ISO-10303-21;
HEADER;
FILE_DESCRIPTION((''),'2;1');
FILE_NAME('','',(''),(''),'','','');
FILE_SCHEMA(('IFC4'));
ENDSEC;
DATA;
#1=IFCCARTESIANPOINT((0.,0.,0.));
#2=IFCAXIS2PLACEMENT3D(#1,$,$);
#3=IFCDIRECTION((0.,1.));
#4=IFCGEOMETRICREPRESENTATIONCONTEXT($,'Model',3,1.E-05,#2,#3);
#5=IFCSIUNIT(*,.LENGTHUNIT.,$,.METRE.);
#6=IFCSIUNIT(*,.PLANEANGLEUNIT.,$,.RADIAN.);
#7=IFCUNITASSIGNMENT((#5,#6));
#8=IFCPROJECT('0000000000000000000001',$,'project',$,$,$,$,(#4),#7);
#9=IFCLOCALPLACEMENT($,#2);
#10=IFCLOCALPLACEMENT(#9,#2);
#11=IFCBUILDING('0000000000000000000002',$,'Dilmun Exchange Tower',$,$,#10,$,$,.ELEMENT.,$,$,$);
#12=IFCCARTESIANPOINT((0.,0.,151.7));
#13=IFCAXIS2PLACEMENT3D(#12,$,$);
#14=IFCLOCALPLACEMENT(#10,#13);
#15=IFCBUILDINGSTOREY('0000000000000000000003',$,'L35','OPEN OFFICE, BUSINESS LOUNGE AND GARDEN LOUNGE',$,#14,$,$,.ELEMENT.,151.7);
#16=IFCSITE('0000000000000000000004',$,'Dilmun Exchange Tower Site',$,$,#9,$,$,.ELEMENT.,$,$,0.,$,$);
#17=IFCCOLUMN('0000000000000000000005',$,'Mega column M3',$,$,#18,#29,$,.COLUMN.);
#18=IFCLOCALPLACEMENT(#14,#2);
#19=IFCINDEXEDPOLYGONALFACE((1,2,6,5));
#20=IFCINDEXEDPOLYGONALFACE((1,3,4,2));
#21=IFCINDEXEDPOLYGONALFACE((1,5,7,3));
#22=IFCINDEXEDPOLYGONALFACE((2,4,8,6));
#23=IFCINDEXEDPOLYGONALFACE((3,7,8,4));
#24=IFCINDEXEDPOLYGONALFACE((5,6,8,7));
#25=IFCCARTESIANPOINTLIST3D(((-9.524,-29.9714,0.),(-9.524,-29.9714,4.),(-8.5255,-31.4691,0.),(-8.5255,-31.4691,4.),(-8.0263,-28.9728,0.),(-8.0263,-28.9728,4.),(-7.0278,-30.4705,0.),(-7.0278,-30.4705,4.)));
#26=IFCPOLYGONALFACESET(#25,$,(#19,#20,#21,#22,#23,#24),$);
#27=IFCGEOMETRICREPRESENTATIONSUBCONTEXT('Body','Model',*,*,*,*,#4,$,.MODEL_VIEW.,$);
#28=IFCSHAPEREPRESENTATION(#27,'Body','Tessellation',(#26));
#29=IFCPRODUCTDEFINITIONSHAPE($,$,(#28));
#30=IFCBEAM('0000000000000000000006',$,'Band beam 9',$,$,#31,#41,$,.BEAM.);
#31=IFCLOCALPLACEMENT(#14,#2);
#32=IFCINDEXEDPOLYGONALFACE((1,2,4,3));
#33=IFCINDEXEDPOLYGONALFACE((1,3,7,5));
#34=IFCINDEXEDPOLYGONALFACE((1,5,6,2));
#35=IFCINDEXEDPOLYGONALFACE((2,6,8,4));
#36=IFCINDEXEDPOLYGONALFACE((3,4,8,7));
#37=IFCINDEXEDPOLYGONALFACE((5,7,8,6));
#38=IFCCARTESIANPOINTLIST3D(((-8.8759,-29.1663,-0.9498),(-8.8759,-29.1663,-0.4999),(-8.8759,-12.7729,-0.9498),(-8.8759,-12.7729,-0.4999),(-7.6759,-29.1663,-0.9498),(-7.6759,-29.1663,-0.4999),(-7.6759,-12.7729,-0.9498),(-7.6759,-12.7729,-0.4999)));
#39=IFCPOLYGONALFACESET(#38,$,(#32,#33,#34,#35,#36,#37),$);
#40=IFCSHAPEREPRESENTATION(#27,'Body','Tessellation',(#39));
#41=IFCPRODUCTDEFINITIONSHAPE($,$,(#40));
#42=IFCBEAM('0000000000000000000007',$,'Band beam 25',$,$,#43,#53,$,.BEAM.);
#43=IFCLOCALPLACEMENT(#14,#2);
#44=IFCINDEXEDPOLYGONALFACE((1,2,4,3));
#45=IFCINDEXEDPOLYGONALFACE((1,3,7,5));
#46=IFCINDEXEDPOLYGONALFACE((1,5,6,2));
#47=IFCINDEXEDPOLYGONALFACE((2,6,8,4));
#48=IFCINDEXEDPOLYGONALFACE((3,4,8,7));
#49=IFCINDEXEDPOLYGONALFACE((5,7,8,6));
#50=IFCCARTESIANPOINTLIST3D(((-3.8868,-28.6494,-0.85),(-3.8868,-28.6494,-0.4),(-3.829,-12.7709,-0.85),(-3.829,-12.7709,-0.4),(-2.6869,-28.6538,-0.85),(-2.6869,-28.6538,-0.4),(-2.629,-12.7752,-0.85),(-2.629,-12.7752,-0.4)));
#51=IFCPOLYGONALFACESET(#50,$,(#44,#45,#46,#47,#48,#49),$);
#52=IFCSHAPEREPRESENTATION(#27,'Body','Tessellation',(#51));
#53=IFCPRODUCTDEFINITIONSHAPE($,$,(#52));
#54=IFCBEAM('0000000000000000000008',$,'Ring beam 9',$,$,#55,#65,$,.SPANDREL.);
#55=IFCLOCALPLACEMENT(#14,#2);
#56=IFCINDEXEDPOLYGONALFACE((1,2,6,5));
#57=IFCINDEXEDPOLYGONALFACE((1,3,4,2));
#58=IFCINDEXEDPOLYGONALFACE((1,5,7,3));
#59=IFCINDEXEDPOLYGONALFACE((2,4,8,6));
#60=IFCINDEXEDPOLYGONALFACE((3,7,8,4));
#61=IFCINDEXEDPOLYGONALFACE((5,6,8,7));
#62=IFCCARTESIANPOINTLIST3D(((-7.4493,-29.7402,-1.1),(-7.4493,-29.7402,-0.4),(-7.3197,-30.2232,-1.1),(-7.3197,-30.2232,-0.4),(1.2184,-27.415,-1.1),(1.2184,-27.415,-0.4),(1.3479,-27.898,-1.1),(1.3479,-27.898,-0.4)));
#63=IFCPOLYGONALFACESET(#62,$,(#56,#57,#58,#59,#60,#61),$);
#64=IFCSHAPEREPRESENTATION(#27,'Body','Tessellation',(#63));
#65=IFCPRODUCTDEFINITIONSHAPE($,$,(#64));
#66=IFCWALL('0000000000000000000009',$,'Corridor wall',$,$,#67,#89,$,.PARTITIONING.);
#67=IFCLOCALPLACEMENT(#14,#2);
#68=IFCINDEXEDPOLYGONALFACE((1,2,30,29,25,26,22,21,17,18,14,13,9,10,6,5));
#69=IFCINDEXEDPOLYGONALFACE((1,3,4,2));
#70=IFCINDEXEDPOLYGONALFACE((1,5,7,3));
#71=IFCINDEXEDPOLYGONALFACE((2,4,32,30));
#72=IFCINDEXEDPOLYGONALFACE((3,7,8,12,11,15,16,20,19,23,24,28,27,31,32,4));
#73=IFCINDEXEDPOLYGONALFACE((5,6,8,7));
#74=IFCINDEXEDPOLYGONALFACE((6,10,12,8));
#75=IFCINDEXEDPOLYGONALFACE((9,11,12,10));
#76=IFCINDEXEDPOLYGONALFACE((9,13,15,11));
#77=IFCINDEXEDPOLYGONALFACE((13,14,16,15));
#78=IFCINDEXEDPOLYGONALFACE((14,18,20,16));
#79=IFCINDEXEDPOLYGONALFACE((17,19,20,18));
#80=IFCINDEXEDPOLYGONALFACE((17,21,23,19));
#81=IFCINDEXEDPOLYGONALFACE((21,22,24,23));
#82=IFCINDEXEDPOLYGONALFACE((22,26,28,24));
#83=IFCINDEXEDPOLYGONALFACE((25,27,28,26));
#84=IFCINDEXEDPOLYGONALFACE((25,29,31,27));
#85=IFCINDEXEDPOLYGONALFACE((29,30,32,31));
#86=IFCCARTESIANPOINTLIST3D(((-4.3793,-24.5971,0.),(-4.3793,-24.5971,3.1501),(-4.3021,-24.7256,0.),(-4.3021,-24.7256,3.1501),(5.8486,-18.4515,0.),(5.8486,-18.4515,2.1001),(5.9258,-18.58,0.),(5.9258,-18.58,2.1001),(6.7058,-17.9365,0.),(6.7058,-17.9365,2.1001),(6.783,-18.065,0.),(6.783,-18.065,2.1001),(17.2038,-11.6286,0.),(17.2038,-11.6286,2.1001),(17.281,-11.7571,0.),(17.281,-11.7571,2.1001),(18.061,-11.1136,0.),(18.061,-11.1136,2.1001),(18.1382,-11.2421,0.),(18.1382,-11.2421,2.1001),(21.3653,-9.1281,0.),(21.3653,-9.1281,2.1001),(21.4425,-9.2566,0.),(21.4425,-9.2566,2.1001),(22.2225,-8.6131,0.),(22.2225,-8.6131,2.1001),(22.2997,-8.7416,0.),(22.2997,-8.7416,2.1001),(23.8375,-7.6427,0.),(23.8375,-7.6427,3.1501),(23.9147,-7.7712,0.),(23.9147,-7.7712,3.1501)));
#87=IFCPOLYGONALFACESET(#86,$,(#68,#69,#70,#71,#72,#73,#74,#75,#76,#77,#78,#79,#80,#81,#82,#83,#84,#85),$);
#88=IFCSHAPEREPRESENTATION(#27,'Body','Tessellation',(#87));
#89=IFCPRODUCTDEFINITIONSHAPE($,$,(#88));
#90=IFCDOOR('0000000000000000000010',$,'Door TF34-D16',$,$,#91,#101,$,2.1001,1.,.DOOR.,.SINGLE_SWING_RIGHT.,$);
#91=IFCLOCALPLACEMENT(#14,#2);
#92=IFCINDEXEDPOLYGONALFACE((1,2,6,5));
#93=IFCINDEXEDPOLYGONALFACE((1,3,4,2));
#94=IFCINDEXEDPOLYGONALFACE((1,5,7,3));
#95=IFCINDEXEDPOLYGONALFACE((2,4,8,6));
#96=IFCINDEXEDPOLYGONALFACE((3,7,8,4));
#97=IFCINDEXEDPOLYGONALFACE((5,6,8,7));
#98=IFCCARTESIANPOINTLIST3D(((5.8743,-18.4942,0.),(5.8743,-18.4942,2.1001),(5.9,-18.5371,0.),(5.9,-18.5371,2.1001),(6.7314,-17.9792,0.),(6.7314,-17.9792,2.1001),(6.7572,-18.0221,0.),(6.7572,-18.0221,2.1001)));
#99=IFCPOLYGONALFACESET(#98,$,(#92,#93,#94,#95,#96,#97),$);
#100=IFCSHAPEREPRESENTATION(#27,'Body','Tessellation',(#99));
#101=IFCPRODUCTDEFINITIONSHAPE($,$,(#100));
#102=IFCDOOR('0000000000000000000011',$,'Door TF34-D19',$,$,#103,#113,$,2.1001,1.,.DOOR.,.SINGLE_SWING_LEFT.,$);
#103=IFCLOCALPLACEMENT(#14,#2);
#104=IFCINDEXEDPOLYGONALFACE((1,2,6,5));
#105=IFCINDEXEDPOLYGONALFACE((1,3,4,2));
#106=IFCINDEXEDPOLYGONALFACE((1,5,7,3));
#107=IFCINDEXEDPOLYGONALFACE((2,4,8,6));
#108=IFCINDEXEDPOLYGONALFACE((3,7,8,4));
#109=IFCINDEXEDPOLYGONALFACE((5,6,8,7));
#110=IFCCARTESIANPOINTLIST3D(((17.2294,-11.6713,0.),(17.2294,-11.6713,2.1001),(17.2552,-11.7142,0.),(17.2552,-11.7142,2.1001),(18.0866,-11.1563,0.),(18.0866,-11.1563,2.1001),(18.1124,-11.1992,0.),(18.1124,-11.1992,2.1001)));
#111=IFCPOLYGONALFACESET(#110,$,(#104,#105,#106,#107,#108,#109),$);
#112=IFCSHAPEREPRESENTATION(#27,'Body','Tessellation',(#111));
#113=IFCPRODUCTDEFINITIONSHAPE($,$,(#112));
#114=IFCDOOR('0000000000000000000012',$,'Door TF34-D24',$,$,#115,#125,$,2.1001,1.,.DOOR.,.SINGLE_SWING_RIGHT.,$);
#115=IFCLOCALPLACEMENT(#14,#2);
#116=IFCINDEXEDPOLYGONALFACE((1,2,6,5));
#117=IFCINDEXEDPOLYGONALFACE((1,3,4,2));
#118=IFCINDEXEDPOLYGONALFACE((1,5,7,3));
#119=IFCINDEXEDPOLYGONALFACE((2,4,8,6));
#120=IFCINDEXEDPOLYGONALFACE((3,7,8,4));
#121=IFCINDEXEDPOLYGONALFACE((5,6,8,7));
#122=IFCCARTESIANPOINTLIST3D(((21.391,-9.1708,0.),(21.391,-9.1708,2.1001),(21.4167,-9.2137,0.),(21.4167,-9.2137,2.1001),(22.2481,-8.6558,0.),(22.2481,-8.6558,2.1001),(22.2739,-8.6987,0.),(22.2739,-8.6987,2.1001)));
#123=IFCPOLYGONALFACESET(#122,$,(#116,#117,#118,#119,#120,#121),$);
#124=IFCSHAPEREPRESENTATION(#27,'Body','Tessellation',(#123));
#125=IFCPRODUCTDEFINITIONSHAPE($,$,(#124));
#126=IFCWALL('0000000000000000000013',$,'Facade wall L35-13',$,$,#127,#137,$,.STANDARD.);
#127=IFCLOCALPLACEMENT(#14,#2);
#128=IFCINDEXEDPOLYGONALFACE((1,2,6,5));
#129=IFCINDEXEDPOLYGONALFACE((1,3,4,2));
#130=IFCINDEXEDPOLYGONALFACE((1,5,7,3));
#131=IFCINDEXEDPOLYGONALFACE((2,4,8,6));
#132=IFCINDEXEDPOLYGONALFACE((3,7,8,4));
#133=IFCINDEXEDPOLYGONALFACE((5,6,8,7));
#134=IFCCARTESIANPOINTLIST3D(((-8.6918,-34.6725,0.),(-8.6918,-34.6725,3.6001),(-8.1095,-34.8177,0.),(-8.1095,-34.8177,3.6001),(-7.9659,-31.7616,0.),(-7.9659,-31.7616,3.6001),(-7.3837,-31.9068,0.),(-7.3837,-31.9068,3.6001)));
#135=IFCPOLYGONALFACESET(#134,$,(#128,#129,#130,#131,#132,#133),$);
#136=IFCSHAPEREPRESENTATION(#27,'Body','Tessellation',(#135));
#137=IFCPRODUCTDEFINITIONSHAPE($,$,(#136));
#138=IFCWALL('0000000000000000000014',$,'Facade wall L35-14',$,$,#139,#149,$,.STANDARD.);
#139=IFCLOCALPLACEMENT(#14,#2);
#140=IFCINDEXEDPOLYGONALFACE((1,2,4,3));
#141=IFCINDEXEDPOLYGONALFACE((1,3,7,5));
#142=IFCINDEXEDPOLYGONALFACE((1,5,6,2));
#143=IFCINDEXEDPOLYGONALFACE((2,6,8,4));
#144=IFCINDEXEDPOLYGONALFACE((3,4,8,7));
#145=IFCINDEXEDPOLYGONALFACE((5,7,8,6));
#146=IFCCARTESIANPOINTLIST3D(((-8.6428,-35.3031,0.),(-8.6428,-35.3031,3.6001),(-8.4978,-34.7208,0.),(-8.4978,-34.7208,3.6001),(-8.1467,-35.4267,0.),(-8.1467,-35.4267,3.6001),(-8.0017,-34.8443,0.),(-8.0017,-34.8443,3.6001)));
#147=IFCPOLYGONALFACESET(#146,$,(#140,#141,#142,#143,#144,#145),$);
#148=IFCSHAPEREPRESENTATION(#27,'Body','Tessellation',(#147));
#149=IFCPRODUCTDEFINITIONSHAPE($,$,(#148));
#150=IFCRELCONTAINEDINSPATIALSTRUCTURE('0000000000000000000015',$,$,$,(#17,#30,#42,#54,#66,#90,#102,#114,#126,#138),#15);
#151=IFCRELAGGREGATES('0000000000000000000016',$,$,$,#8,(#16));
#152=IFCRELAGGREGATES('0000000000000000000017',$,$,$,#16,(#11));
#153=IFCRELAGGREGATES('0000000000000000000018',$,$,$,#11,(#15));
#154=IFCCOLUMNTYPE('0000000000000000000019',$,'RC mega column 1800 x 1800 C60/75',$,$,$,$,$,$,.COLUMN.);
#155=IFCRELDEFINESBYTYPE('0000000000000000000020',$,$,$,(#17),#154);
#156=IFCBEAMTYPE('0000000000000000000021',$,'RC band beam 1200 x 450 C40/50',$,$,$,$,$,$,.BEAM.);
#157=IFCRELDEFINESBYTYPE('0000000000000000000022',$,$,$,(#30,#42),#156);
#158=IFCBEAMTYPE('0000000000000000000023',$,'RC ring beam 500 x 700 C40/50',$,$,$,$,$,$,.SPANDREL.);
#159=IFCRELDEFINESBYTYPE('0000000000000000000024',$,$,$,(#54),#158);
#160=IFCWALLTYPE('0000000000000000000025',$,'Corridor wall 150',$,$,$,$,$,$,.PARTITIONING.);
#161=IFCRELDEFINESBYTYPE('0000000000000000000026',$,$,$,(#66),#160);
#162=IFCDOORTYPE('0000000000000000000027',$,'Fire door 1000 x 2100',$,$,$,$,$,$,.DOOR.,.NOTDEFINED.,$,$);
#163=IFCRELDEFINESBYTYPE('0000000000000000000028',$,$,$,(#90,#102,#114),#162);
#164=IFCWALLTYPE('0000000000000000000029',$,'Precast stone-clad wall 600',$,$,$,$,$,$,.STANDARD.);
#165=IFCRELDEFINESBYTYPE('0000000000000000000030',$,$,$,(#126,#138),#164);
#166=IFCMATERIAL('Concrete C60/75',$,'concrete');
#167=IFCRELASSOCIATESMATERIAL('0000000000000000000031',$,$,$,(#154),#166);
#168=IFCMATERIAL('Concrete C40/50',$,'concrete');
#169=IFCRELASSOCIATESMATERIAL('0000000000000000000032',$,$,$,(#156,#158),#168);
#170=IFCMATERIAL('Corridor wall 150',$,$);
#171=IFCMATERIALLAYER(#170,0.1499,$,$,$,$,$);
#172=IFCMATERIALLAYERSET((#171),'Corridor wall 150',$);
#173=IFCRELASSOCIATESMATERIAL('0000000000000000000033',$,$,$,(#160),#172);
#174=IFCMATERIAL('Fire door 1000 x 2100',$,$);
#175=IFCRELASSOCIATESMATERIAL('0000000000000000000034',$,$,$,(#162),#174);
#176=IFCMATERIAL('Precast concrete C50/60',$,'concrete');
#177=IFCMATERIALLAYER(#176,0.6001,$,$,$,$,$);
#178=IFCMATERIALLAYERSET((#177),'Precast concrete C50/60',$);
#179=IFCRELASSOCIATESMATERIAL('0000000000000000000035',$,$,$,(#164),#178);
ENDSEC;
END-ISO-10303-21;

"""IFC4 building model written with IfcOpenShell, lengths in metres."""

from ifc_helpers import new_model, si_unit, direction, frame, frame_2d, origin, origin_2d, place, context, subcontext, project, spatial, rectangle, extrude, material, layer, layer_set, material_profile, profile_set, type_object, element, fill, save


model = new_model("IFC4")

# Units and contexts
model_context = context("Model", 3, precision=1e-05, world=origin(), true_north=direction((0.0, 1.0)))
body_context = subcontext(model_context, "Body", "Model", "MODEL_VIEW")
ifc_project = project(units=[si_unit("LENGTHUNIT", "METRE"), si_unit("PLANEANGLEUNIT", "RADIAN")], contexts=[model_context])

# Site, building, storey
site_placement = place(None, origin())
site = spatial("IfcSite", under=ifc_project, at=site_placement, Name="Dilmun Exchange Tower Site", CompositionType="ELEMENT", RefElevation=0.0)
building_placement = place(site_placement, origin())
building = spatial("IfcBuilding", under=site, at=building_placement, Name="Dilmun Exchange Tower", CompositionType="ELEMENT")
storey_placement = place(building_placement, frame((0.0, 0.0, 151.7)))
storey = spatial("IfcBuildingStorey", under=building, at=storey_placement, Name="L35", Description="OPEN OFFICE, BUSINESS LOUNGE AND GARDEN LOUNGE", CompositionType="ELEMENT", Elevation=151.7)

# Column
ifc_material_1 = material(Name="Concrete C60/75", Category="concrete")
ifc_material_profile_1 = material_profile(ifc_material_1, rectangle(XDim=1.8, YDim=1.8, at=origin_2d()), Name="1800 x 1800")
ifc_profile_set_1 = profile_set([ifc_material_profile_1], Name="Concrete C60/75")
column_type = type_object("IfcColumnType", Name="RC mega column 1800 x 1800 C60/75", PredefinedType="COLUMN", material=ifc_profile_set_1)
column_placement = place(storey_placement, frame((-8.2759, -30.2209, 0.0), z_axis=(0.0, 0.0, 1.0), x_axis=(0.832029, 0.554733, 0.0)))
element("IfcColumn", 1, at=column_placement, inside=storey, type_object=column_type, Name="Mega column M3", PredefinedType="COLUMN", context=body_context, shape_type="SweptSolid", body=[
    extrude(rectangle(XDim=1.8, YDim=1.8, at=origin_2d()), origin(), (0.0, 0.0, 1.0), 4.0),
])

# Beams
ifc_material_2 = material(Name="Concrete C40/50", Category="concrete")
ifc_material_profile_2 = material_profile(ifc_material_2, rectangle(XDim=1.2, YDim=0.45, at=origin_2d()), Name="1200 x 450")
ifc_profile_set_2 = profile_set([ifc_material_profile_2], Name="Concrete C40/50")
beam_type_1 = type_object("IfcBeamType", Name="RC band beam 1200 x 450 C40/50", PredefinedType="BEAM", material=ifc_profile_set_2)
beam_1_placement = place(storey_placement, frame((-8.2759, -29.1663, -0.7249), z_axis=(0.0, 1.0, 0.0), x_axis=(-1.0, 0.0, 0.0)))
element("IfcBeam", 2, at=beam_1_placement, inside=storey, type_object=beam_type_1, Name="Band beam 9", PredefinedType="BEAM", context=body_context, shape_type="SweptSolid", body=[
    extrude(rectangle(XDim=1.2, YDim=0.45, at=origin_2d()), origin(), (0.0, 0.0, 1.0), 16.3933),
])
beam_2_placement = place(storey_placement, frame((-3.2869, -28.6516, -0.625), z_axis=(0.003644, 0.999993, 0.0), x_axis=(-0.999993, 0.003644, 0.0)))
element("IfcBeam", 3, at=beam_2_placement, inside=storey, type_object=beam_type_1, Name="Band beam 25", PredefinedType="BEAM", context=body_context, shape_type="SweptSolid", body=[
    extrude(rectangle(XDim=1.2, YDim=0.45, at=origin_2d()), origin(), (0.0, 0.0, 1.0), 15.8787),
])
ifc_material_profile_3 = material_profile(ifc_material_2, rectangle(XDim=0.5, YDim=0.7, at=origin_2d()), Name="500 x 700")
ifc_profile_set_3 = profile_set([ifc_material_profile_3], Name="Concrete C40/50")
beam_type_2 = type_object("IfcBeamType", Name="RC ring beam 500 x 700 C40/50", PredefinedType="SPANDREL", material=ifc_profile_set_3)
beam_3_placement = place(storey_placement, frame((-7.3845, -29.9817, -0.75), z_axis=(0.965851, 0.259098, 0.0), x_axis=(-0.259098, 0.965851, 0.0)))
element("IfcBeam", 4, at=beam_3_placement, inside=storey, type_object=beam_type_2, Name="Ring beam 9", PredefinedType="SPANDREL", context=body_context, shape_type="SweptSolid", body=[
    extrude(rectangle(XDim=0.5, YDim=0.7, at=origin_2d()), origin(), (0.0, 0.0, 1.0), 8.9741),
])

# Wall, openings, doors
ifc_material_3 = material(Name="Corridor wall 150")
ifc_layer_1 = layer(ifc_material_3, 0.1499)
ifc_layer_set_1 = layer_set([ifc_layer_1], Name="Corridor wall 150")
wall_type_1 = type_object("IfcWallType", Name="Corridor wall 150", PredefinedType="PARTITIONING", material=ifc_layer_set_1)
wall_1_placement = place(storey_placement, frame((-4.3408, -24.6614, 0.0), z_axis=(0.0, 0.0, 1.0), x_axis=(0.857168, 0.515038, 0.0)))
wall_1 = element("IfcWall", 5, at=wall_1_placement, inside=storey, type_object=wall_type_1, Name="Corridor wall", PredefinedType="PARTITIONING", context=body_context, shape_type="SweptSolid", body=[
    extrude(rectangle(XDim=32.9187, YDim=0.1499, at=frame_2d((16.4595, 0.0))), origin(), (0.0, 0.0, 1.0), 3.1501),
])
opening_1_placement = place(wall_1_placement, frame((11.9324, 0.0, 0.0)))
opening_1 = element("IfcOpeningElement", 6, at=opening_1_placement, cuts=wall_1, PredefinedType="OPENING", context=body_context, shape_type="SweptSolid", body=[
    extrude(rectangle(XDim=1.0, YDim=2.1001, at=frame_2d((0.5, 1.05))), frame((0.0, 0.085, 0.0), z_axis=(0.0, -1.0, 0.0), x_axis=(1.0, 0.0, 0.0)), (0.0, 0.0, 1.0), 0.1699),
])
opening_2_placement = place(wall_1_placement, frame((25.1797, 0.0, 0.0)))
opening_2 = element("IfcOpeningElement", 7, at=opening_2_placement, cuts=wall_1, PredefinedType="OPENING", context=body_context, shape_type="SweptSolid", body=[
    extrude(rectangle(XDim=1.0, YDim=2.1001, at=frame_2d((0.5, 1.05))), frame((0.0, 0.085, 0.0), z_axis=(0.0, -1.0, 0.0), x_axis=(1.0, 0.0, 0.0)), (0.0, 0.0, 1.0), 0.1699),
])
opening_3_placement = place(wall_1_placement, frame((30.0347, 0.0, 0.0)))
opening_3 = element("IfcOpeningElement", 8, at=opening_3_placement, cuts=wall_1, PredefinedType="OPENING", context=body_context, shape_type="SweptSolid", body=[
    extrude(rectangle(XDim=1.0, YDim=2.1001, at=frame_2d((0.5, 1.05))), frame((0.0, 0.085, 0.0), z_axis=(0.0, -1.0, 0.0), x_axis=(1.0, 0.0, 0.0)), (0.0, 0.0, 1.0), 0.1699),
])
ifc_material_4 = material(Name="Fire door 1000 x 2100")
door_type = type_object("IfcDoorType", Name="Fire door 1000 x 2100", OperationType="NOTDEFINED", PredefinedType="DOOR", material=ifc_material_4)
door_1_placement = place(opening_1_placement, frame((1.0, 0.0, 0.0), z_axis=(0.0, 0.0, 1.0), x_axis=(-1.0, 0.0, 0.0)))
door_1 = element("IfcDoor", 9, at=door_1_placement, inside=storey, type_object=door_type, Name="Door TF34-D16", OperationType="SINGLE_SWING_RIGHT", OverallHeight=2.1001, OverallWidth=1.0, PredefinedType="DOOR", context=body_context, shape_type="SweptSolid", body=[
    extrude(rectangle(XDim=1.0, YDim=2.1001, at=frame_2d((0.5, 1.05))), frame((0.0, 0.0249, 0.0), z_axis=(0.0, -1.0, 0.0), x_axis=(1.0, 0.0, 0.0)), (0.0, 0.0, 1.0), 0.05),
])
fill(opening_1, door_1)
door_2_placement = place(opening_2_placement, frame((1.0, 0.0, 0.0), z_axis=(0.0, 0.0, 1.0), x_axis=(-1.0, 0.0, 0.0)))
door_2 = element("IfcDoor", 10, at=door_2_placement, inside=storey, type_object=door_type, Name="Door TF34-D19", OperationType="SINGLE_SWING_LEFT", OverallHeight=2.1001, OverallWidth=1.0, PredefinedType="DOOR", context=body_context, shape_type="SweptSolid", body=[
    extrude(rectangle(XDim=1.0, YDim=2.1001, at=frame_2d((0.5, 1.05))), frame((0.0, 0.0249, 0.0), z_axis=(0.0, -1.0, 0.0), x_axis=(1.0, 0.0, 0.0)), (0.0, 0.0, 1.0), 0.05),
])
fill(opening_2, door_2)
door_3_placement = place(opening_3_placement, frame((1.0, 0.0, 0.0), z_axis=(0.0, 0.0, 1.0), x_axis=(-1.0, 0.0, 0.0)))
door_3 = element("IfcDoor", 11, at=door_3_placement, inside=storey, type_object=door_type, Name="Door TF34-D24", OperationType="SINGLE_SWING_RIGHT", OverallHeight=2.1001, OverallWidth=1.0, PredefinedType="DOOR", context=body_context, shape_type="SweptSolid", body=[
    extrude(rectangle(XDim=1.0, YDim=2.1001, at=frame_2d((0.5, 1.05))), frame((0.0, 0.0249, 0.0), z_axis=(0.0, -1.0, 0.0), x_axis=(1.0, 0.0, 0.0)), (0.0, 0.0, 1.0), 0.05),
])
fill(opening_3, door_3)

# Walls
ifc_material_5 = material(Name="Precast concrete C50/60", Category="concrete")
ifc_layer_2 = layer(ifc_material_5, 0.6001)
ifc_layer_set_2 = layer_set([ifc_layer_2], Name="Precast concrete C50/60")
wall_type_2 = type_object("IfcWallType", Name="Precast stone-clad wall 600", PredefinedType="STANDARD", material=ifc_layer_set_2)
wall_2_placement = place(storey_placement, frame((-7.6748, -31.8342, 0.0), z_axis=(0.0, 0.0, 1.0), x_axis=(-0.241942, -0.970291, 0.0)))
element("IfcWall", 12, at=wall_2_placement, inside=storey, type_object=wall_type_2, Name="Facade wall L35-13", PredefinedType="STANDARD", context=body_context, shape_type="SweptSolid", body=[
    extrude(rectangle(XDim=3.0, YDim=0.6001, at=frame_2d((1.5, 0.0))), origin(), (0.0, 0.0, 1.0), 3.6001),
])
wall_3_placement = place(storey_placement, frame((-8.5703, -35.012, 0.0), z_axis=(0.0, 0.0, 1.0), x_axis=(0.970367, -0.241637, 0.0)))
element("IfcWall", 13, at=wall_3_placement, inside=storey, type_object=wall_type_2, Name="Facade wall L35-14", PredefinedType="STANDARD", context=body_context, shape_type="SweptSolid", body=[
    extrude(rectangle(XDim=0.5112, YDim=0.6001, at=frame_2d((0.2556, 0.0))), origin(), (0.0, 0.0, 1.0), 3.6001),
])

save(model, "model.ifc")
